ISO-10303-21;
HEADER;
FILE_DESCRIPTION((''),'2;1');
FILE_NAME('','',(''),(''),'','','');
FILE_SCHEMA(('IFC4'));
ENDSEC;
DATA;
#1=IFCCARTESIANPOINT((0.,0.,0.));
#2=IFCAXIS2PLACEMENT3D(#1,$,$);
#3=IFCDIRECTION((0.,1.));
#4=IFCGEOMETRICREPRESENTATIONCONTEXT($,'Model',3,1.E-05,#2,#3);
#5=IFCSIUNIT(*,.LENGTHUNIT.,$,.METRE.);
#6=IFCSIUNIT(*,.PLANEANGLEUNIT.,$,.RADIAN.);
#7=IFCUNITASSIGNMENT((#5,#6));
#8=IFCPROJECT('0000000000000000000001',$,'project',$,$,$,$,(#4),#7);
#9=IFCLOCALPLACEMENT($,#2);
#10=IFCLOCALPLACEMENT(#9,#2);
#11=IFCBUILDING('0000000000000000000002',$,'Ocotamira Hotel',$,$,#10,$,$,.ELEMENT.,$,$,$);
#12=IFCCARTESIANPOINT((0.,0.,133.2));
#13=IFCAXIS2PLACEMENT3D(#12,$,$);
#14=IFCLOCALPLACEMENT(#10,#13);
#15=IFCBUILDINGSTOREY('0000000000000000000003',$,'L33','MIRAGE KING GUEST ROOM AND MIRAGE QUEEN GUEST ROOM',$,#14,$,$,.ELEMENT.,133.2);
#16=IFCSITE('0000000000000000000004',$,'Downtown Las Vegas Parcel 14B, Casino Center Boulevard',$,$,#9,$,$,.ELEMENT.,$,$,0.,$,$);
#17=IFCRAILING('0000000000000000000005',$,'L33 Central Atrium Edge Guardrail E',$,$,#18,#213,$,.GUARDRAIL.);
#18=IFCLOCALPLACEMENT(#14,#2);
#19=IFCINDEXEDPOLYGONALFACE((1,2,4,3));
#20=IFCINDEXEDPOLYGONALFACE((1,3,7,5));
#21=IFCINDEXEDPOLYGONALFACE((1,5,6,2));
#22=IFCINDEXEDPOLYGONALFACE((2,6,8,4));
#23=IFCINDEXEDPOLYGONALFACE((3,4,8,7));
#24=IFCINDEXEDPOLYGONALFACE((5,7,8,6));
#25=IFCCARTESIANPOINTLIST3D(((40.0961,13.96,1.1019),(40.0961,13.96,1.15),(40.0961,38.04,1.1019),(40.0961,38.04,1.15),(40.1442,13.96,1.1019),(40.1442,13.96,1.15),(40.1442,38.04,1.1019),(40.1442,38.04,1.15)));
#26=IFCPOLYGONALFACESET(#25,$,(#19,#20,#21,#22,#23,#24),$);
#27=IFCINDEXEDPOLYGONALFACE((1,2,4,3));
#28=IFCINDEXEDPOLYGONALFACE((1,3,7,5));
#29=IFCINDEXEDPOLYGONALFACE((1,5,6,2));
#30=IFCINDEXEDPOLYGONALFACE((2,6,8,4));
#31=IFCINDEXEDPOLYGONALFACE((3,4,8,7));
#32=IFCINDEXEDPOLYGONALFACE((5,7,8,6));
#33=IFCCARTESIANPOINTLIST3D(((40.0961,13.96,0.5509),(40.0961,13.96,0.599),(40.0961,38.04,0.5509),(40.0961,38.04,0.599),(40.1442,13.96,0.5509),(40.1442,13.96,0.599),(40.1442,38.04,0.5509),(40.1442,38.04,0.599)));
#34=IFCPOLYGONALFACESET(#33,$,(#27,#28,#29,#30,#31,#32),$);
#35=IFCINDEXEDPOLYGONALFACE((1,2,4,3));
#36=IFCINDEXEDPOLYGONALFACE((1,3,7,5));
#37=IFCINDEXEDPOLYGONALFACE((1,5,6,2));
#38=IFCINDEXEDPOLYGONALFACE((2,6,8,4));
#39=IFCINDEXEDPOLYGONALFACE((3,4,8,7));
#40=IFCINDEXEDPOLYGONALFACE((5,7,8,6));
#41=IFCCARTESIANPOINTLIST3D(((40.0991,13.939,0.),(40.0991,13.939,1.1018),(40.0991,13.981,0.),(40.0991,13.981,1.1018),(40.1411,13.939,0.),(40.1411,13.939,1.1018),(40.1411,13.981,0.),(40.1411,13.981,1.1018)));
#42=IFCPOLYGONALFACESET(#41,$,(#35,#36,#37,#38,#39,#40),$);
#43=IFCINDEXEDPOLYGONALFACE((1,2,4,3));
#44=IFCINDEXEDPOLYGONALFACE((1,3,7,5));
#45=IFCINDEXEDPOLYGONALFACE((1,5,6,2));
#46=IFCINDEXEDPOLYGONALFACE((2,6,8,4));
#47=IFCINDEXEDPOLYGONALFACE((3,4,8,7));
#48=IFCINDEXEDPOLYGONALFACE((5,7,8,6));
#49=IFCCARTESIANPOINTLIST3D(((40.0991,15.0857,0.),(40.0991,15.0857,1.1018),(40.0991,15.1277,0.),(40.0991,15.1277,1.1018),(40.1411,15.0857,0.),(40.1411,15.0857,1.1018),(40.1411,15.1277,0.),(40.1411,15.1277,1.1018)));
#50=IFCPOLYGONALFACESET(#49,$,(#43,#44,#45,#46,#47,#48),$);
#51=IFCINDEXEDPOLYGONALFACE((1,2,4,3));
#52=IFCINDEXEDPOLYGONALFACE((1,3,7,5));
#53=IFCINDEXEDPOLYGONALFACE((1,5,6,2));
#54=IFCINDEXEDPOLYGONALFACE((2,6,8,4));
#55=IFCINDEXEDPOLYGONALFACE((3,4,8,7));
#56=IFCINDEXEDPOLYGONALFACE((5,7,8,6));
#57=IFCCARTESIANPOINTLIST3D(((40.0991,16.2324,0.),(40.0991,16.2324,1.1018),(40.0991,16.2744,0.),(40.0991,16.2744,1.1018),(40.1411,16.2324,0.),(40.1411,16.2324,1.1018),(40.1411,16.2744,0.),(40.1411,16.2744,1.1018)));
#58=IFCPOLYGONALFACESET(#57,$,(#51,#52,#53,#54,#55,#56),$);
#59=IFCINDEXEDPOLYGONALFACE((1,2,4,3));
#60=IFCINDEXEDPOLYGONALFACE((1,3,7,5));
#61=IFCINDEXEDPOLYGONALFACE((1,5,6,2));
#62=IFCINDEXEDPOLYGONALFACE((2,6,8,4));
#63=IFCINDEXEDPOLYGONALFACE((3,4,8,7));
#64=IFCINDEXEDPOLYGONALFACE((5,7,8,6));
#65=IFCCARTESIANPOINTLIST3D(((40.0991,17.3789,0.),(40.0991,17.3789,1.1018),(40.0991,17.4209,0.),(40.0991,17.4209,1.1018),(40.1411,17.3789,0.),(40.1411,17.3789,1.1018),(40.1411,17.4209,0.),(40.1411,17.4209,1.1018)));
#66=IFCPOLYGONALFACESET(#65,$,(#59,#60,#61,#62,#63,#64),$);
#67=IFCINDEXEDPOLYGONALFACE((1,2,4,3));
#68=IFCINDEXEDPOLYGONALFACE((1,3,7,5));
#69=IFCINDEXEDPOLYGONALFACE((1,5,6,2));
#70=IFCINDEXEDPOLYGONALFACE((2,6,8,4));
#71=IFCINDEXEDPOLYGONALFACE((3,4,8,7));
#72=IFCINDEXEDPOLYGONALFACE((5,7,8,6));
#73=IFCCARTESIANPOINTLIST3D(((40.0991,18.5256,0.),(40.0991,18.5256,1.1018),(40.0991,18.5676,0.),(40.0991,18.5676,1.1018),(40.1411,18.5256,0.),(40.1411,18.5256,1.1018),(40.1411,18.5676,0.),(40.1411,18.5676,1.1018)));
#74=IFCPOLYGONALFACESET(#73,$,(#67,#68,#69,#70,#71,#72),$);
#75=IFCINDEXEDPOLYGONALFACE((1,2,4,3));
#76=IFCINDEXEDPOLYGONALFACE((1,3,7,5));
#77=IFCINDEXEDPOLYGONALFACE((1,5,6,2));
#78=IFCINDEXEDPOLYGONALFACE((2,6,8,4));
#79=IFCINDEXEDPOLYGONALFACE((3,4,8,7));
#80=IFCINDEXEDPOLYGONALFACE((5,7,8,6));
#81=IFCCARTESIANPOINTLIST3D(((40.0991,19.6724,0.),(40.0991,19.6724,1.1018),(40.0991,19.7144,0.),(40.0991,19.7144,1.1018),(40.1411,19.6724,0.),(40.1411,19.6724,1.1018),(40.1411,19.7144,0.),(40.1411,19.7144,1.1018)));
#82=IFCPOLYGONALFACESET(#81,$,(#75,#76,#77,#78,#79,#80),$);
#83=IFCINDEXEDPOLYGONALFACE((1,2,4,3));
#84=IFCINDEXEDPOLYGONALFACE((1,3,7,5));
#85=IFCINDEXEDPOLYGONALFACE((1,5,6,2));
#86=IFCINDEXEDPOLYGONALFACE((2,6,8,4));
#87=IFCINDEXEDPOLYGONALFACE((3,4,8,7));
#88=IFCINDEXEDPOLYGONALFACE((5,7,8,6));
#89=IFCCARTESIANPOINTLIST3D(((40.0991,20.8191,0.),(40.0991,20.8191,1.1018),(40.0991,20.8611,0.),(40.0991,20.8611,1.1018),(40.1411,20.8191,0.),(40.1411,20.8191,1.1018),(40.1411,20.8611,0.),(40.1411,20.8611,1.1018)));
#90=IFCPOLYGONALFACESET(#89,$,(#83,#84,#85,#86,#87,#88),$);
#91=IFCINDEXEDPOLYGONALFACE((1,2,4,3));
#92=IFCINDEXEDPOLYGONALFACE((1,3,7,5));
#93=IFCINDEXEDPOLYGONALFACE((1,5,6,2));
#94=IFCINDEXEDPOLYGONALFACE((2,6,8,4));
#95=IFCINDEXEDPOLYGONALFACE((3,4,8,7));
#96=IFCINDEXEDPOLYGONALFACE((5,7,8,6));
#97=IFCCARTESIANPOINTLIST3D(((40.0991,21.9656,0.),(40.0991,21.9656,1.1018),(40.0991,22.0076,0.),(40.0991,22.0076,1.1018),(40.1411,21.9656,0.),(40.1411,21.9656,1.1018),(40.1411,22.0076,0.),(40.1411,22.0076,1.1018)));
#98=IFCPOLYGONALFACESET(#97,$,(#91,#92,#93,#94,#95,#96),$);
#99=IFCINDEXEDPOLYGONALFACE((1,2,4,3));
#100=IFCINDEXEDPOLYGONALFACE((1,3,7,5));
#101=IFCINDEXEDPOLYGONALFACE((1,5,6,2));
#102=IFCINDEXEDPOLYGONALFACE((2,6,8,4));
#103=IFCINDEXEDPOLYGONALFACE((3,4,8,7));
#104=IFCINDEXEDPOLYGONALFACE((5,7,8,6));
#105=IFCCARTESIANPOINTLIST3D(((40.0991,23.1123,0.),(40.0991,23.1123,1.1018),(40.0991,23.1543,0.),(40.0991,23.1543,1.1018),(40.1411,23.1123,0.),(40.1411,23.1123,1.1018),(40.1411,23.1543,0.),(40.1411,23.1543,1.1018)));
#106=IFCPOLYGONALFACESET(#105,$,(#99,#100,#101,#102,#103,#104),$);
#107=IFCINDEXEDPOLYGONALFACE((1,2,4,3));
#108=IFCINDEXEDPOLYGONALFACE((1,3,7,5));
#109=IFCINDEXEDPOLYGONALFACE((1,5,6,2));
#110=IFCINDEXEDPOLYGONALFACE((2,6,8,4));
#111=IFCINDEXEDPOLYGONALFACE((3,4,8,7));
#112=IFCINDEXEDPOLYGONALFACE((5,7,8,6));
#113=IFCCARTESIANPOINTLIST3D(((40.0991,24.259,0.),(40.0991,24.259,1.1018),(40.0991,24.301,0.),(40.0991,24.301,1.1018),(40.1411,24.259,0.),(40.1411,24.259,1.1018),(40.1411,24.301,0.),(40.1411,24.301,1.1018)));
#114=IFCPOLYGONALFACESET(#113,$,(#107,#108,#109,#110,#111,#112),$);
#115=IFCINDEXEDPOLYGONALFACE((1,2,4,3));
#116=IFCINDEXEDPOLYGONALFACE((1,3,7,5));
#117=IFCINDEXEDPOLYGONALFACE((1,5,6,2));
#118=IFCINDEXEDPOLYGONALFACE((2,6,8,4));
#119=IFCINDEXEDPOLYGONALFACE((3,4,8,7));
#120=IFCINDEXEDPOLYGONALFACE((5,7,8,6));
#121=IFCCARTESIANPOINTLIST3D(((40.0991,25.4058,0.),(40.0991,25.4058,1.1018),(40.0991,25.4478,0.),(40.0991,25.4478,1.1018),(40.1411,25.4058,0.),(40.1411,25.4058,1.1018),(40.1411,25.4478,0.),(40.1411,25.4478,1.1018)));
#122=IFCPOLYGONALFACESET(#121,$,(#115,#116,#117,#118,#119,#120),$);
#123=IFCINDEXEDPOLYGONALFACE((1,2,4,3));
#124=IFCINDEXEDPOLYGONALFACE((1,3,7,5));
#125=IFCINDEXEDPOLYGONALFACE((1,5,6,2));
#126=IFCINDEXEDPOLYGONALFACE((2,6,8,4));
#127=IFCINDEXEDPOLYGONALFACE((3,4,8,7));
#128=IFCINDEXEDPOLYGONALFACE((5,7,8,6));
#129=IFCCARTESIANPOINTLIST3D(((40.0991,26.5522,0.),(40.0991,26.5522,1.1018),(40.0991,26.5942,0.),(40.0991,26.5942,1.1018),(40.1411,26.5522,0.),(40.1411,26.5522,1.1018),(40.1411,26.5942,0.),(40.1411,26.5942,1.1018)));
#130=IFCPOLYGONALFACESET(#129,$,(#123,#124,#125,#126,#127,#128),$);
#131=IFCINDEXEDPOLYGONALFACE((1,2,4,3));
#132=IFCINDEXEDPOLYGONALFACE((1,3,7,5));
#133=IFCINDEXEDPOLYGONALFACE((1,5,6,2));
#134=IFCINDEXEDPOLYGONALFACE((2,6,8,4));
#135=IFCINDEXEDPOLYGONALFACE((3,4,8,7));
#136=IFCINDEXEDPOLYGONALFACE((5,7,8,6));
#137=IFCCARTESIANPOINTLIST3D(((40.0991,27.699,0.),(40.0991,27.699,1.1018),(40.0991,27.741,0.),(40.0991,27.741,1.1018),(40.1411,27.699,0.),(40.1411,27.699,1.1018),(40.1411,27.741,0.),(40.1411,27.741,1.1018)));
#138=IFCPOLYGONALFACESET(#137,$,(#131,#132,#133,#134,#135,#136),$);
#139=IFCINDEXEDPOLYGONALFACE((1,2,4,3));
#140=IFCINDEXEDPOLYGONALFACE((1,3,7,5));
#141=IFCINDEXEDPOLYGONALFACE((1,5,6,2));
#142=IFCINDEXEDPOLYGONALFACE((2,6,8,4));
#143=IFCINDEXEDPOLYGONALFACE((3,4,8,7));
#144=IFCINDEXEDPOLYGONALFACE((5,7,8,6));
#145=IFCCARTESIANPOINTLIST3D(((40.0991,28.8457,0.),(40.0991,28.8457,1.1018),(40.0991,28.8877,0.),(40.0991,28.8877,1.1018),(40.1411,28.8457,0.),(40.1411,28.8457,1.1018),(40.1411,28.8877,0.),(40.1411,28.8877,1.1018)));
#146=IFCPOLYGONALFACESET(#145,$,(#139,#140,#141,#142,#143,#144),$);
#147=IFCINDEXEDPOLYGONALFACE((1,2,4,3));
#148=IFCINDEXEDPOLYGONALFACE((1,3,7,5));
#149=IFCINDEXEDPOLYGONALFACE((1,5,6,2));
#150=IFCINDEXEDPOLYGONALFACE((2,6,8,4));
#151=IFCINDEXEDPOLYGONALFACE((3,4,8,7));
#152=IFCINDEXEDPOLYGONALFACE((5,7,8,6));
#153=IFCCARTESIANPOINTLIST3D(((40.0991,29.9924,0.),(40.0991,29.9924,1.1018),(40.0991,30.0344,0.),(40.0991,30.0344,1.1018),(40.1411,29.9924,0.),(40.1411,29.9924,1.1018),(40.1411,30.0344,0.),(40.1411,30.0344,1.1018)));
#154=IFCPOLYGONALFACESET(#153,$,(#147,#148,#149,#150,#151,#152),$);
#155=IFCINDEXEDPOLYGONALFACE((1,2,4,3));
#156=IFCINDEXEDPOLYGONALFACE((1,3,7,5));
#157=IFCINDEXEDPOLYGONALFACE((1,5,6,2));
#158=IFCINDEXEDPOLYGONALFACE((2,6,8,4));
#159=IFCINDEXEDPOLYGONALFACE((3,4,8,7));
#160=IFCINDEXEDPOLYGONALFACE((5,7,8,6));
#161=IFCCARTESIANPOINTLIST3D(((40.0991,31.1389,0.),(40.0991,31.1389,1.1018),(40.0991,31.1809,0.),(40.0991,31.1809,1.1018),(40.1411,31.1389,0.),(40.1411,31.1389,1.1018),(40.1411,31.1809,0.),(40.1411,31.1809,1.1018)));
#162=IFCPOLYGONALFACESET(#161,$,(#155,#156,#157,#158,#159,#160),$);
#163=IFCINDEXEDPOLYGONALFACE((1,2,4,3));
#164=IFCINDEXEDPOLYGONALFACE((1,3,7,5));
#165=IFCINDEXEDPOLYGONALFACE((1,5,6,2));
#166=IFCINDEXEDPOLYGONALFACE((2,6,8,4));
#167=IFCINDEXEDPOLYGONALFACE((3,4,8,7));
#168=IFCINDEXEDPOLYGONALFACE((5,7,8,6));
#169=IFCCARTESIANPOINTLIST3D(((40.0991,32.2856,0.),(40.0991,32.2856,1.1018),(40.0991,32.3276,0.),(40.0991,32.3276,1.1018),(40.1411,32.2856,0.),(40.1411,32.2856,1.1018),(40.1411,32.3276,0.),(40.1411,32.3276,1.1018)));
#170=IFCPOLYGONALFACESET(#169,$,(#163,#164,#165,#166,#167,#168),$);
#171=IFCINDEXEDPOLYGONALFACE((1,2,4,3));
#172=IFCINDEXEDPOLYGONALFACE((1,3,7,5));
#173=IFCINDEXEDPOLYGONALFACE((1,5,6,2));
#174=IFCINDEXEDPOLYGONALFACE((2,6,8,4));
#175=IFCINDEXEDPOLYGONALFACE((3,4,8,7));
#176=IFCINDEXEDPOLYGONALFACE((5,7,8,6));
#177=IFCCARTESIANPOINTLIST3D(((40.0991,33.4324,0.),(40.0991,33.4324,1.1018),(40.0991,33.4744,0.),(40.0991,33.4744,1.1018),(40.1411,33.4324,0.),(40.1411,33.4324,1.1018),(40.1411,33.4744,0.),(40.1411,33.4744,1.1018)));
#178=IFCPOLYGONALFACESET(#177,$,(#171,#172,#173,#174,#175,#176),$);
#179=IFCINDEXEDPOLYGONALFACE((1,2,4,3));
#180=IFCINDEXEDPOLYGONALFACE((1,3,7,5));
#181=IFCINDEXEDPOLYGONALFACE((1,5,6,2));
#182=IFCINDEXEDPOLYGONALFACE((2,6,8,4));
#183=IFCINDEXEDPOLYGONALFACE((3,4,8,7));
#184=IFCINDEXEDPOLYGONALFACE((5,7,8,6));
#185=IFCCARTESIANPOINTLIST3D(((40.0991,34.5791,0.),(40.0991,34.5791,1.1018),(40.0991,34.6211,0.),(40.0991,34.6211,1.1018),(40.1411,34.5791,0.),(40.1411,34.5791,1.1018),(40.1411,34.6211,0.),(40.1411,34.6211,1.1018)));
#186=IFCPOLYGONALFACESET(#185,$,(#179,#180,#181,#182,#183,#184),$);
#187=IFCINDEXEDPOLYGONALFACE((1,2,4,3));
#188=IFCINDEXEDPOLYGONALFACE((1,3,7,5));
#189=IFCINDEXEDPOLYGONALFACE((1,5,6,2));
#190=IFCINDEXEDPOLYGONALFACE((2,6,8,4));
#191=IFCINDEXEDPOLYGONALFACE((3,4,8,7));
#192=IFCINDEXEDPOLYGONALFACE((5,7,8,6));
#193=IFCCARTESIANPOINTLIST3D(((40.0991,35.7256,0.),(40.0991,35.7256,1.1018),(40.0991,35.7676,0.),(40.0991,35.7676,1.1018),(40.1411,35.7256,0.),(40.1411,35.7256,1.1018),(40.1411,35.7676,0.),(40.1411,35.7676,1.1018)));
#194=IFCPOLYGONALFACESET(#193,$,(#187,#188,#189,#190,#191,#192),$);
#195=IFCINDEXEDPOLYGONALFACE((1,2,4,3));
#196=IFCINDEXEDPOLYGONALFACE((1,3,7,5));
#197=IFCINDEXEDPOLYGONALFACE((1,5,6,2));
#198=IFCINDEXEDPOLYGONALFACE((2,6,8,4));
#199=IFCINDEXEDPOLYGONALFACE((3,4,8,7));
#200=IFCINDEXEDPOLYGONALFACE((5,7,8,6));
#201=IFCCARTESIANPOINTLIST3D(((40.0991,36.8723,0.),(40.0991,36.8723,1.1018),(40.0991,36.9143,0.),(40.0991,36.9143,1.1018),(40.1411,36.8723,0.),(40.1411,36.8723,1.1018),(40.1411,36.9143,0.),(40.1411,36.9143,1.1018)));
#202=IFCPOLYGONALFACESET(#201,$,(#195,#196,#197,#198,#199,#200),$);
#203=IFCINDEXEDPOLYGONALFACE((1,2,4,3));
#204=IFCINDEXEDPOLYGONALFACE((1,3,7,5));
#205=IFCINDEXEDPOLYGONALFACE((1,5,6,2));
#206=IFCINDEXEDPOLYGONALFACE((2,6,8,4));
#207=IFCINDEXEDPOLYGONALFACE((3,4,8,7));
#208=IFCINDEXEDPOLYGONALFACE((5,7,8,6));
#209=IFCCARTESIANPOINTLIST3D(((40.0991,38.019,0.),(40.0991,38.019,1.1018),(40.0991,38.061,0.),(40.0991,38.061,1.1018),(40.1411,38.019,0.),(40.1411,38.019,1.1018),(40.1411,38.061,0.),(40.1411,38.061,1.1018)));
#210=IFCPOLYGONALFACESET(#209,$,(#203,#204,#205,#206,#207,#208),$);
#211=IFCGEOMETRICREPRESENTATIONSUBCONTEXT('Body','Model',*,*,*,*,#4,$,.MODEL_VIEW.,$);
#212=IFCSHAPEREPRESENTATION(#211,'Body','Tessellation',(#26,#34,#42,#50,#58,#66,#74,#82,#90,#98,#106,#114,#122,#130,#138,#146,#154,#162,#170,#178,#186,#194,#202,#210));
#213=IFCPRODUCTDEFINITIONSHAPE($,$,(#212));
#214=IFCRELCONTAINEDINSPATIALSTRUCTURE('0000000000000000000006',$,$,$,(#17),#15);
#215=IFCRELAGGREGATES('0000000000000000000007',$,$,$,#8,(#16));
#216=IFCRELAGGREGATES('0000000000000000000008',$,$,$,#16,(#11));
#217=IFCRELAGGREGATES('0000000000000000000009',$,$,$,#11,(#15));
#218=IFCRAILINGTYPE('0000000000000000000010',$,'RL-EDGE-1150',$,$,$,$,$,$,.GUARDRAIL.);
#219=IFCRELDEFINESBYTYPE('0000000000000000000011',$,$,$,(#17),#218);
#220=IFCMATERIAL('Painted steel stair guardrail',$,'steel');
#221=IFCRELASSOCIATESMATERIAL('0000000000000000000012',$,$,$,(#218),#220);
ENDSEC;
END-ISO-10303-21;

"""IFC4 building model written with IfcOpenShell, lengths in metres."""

from ifc_helpers import new_model, si_unit, direction, frame, origin, origin_2d, place, context, subcontext, project, spatial, rectangle, extrude, material, type_object, element, save


model = new_model("IFC4")

# Units and contexts
model_context = context("Model", 3, precision=1e-05, world=origin(), true_north=direction((0.0, 1.0)))
body_context = subcontext(model_context, "Body", "Model", "MODEL_VIEW")
ifc_project = project(units=[si_unit("LENGTHUNIT", "METRE"), si_unit("PLANEANGLEUNIT", "RADIAN")], contexts=[model_context])

# Site, building, storey
site_placement = place(None, origin())
site = spatial("IfcSite", under=ifc_project, at=site_placement, Name="Downtown Las Vegas Parcel 14B, Casino Center Boulevard", CompositionType="ELEMENT", RefElevation=0.0)
building_placement = place(site_placement, origin())
building = spatial("IfcBuilding", under=site, at=building_placement, Name="Ocotamira Hotel", CompositionType="ELEMENT")
storey_placement = place(building_placement, frame((0.0, 0.0, 133.2)))
storey = spatial("IfcBuildingStorey", under=building, at=storey_placement, Name="L33", Description="MIRAGE KING GUEST ROOM AND MIRAGE QUEEN GUEST ROOM", CompositionType="ELEMENT", Elevation=133.2)

# Railing
ifc_material_1 = material(Name="Painted steel stair guardrail", Category="steel")
railing_type = type_object("IfcRailingType", Name="RL-EDGE-1150", PredefinedType="GUARDRAIL", material=ifc_material_1)
railing_placement = place(storey_placement, frame((40.1201, 13.96, 0.0)))
element("IfcRailing", 1, at=railing_placement, inside=storey, type_object=railing_type, Name="L33 Central Atrium Edge Guardrail E", PredefinedType="GUARDRAIL", context=body_context, shape_type="SweptSolid", body=[
    extrude(rectangle(XDim=0.0481, YDim=0.0481, at=origin_2d()), frame((0.0, 0.0, 1.126), z_axis=(0.0, 1.0, 0.0), x_axis=(-1.0, 0.0, 0.0)), (0.0, 0.0, 1.0), 24.0801),
    extrude(rectangle(XDim=0.0481, YDim=0.0481, at=origin_2d()), frame((0.0, 0.0, 0.575), z_axis=(0.0, 1.0, 0.0), x_axis=(-1.0, 0.0, 0.0)), (0.0, 0.0, 1.0), 24.0801),
    extrude(rectangle(XDim=0.042, YDim=0.042, at=origin_2d()), origin(), (0.0, 0.0, 1.0), 1.1018),
    extrude(rectangle(XDim=0.042, YDim=0.042, at=origin_2d()), frame((0.0, 1.1467, 0.0)), (0.0, 0.0, 1.0), 1.1018),
    extrude(rectangle(XDim=0.042, YDim=0.042, at=origin_2d()), frame((0.0, 2.2935, 0.0)), (0.0, 0.0, 1.0), 1.1018),
    extrude(rectangle(XDim=0.042, YDim=0.042, at=origin_2d()), frame((0.0, 3.4399, 0.0)), (0.0, 0.0, 1.0), 1.1018),
    extrude(rectangle(XDim=0.042, YDim=0.042, at=origin_2d()), frame((0.0, 4.5867, 0.0)), (0.0, 0.0, 1.0), 1.1018),
    extrude(rectangle(XDim=0.042, YDim=0.042, at=origin_2d()), frame((0.0, 5.7334, 0.0)), (0.0, 0.0, 1.0), 1.1018),
    extrude(rectangle(XDim=0.042, YDim=0.042, at=origin_2d()), frame((0.0, 6.8801, 0.0)), (0.0, 0.0, 1.0), 1.1018),
    extrude(rectangle(XDim=0.042, YDim=0.042, at=origin_2d()), frame((0.0, 8.0266, 0.0)), (0.0, 0.0, 1.0), 1.1018),
    extrude(rectangle(XDim=0.042, YDim=0.042, at=origin_2d()), frame((0.0, 9.1733, 0.0)), (0.0, 0.0, 1.0), 1.1018),
    extrude(rectangle(XDim=0.042, YDim=0.042, at=origin_2d()), frame((0.0, 10.3201, 0.0)), (0.0, 0.0, 1.0), 1.1018),
    extrude(rectangle(XDim=0.042, YDim=0.042, at=origin_2d()), frame((0.0, 11.4668, 0.0)), (0.0, 0.0, 1.0), 1.1018),
    extrude(rectangle(XDim=0.042, YDim=0.042, at=origin_2d()), frame((0.0, 12.6133, 0.0)), (0.0, 0.0, 1.0), 1.1018),
    extrude(rectangle(XDim=0.042, YDim=0.042, at=origin_2d()), frame((0.0, 13.76, 0.0)), (0.0, 0.0, 1.0), 1.1018),
    extrude(rectangle(XDim=0.042, YDim=0.042, at=origin_2d()), frame((0.0, 14.9067, 0.0)), (0.0, 0.0, 1.0), 1.1018),
    extrude(rectangle(XDim=0.042, YDim=0.042, at=origin_2d()), frame((0.0, 16.0535, 0.0)), (0.0, 0.0, 1.0), 1.1018),
    extrude(rectangle(XDim=0.042, YDim=0.042, at=origin_2d()), frame((0.0, 17.2, 0.0)), (0.0, 0.0, 1.0), 1.1018),
    extrude(rectangle(XDim=0.042, YDim=0.042, at=origin_2d()), frame((0.0, 18.3467, 0.0)), (0.0, 0.0, 1.0), 1.1018),
    extrude(rectangle(XDim=0.042, YDim=0.042, at=origin_2d()), frame((0.0, 19.4934, 0.0)), (0.0, 0.0, 1.0), 1.1018),
    extrude(rectangle(XDim=0.042, YDim=0.042, at=origin_2d()), frame((0.0, 20.6401, 0.0)), (0.0, 0.0, 1.0), 1.1018),
    extrude(rectangle(XDim=0.042, YDim=0.042, at=origin_2d()), frame((0.0, 21.7866, 0.0)), (0.0, 0.0, 1.0), 1.1018),
    extrude(rectangle(XDim=0.042, YDim=0.042, at=origin_2d()), frame((0.0, 22.9333, 0.0)), (0.0, 0.0, 1.0), 1.1018),
    extrude(rectangle(XDim=0.042, YDim=0.042, at=origin_2d()), frame((0.0, 24.0801, 0.0)), (0.0, 0.0, 1.0), 1.1018),
])

save(model, "model.ifc")
